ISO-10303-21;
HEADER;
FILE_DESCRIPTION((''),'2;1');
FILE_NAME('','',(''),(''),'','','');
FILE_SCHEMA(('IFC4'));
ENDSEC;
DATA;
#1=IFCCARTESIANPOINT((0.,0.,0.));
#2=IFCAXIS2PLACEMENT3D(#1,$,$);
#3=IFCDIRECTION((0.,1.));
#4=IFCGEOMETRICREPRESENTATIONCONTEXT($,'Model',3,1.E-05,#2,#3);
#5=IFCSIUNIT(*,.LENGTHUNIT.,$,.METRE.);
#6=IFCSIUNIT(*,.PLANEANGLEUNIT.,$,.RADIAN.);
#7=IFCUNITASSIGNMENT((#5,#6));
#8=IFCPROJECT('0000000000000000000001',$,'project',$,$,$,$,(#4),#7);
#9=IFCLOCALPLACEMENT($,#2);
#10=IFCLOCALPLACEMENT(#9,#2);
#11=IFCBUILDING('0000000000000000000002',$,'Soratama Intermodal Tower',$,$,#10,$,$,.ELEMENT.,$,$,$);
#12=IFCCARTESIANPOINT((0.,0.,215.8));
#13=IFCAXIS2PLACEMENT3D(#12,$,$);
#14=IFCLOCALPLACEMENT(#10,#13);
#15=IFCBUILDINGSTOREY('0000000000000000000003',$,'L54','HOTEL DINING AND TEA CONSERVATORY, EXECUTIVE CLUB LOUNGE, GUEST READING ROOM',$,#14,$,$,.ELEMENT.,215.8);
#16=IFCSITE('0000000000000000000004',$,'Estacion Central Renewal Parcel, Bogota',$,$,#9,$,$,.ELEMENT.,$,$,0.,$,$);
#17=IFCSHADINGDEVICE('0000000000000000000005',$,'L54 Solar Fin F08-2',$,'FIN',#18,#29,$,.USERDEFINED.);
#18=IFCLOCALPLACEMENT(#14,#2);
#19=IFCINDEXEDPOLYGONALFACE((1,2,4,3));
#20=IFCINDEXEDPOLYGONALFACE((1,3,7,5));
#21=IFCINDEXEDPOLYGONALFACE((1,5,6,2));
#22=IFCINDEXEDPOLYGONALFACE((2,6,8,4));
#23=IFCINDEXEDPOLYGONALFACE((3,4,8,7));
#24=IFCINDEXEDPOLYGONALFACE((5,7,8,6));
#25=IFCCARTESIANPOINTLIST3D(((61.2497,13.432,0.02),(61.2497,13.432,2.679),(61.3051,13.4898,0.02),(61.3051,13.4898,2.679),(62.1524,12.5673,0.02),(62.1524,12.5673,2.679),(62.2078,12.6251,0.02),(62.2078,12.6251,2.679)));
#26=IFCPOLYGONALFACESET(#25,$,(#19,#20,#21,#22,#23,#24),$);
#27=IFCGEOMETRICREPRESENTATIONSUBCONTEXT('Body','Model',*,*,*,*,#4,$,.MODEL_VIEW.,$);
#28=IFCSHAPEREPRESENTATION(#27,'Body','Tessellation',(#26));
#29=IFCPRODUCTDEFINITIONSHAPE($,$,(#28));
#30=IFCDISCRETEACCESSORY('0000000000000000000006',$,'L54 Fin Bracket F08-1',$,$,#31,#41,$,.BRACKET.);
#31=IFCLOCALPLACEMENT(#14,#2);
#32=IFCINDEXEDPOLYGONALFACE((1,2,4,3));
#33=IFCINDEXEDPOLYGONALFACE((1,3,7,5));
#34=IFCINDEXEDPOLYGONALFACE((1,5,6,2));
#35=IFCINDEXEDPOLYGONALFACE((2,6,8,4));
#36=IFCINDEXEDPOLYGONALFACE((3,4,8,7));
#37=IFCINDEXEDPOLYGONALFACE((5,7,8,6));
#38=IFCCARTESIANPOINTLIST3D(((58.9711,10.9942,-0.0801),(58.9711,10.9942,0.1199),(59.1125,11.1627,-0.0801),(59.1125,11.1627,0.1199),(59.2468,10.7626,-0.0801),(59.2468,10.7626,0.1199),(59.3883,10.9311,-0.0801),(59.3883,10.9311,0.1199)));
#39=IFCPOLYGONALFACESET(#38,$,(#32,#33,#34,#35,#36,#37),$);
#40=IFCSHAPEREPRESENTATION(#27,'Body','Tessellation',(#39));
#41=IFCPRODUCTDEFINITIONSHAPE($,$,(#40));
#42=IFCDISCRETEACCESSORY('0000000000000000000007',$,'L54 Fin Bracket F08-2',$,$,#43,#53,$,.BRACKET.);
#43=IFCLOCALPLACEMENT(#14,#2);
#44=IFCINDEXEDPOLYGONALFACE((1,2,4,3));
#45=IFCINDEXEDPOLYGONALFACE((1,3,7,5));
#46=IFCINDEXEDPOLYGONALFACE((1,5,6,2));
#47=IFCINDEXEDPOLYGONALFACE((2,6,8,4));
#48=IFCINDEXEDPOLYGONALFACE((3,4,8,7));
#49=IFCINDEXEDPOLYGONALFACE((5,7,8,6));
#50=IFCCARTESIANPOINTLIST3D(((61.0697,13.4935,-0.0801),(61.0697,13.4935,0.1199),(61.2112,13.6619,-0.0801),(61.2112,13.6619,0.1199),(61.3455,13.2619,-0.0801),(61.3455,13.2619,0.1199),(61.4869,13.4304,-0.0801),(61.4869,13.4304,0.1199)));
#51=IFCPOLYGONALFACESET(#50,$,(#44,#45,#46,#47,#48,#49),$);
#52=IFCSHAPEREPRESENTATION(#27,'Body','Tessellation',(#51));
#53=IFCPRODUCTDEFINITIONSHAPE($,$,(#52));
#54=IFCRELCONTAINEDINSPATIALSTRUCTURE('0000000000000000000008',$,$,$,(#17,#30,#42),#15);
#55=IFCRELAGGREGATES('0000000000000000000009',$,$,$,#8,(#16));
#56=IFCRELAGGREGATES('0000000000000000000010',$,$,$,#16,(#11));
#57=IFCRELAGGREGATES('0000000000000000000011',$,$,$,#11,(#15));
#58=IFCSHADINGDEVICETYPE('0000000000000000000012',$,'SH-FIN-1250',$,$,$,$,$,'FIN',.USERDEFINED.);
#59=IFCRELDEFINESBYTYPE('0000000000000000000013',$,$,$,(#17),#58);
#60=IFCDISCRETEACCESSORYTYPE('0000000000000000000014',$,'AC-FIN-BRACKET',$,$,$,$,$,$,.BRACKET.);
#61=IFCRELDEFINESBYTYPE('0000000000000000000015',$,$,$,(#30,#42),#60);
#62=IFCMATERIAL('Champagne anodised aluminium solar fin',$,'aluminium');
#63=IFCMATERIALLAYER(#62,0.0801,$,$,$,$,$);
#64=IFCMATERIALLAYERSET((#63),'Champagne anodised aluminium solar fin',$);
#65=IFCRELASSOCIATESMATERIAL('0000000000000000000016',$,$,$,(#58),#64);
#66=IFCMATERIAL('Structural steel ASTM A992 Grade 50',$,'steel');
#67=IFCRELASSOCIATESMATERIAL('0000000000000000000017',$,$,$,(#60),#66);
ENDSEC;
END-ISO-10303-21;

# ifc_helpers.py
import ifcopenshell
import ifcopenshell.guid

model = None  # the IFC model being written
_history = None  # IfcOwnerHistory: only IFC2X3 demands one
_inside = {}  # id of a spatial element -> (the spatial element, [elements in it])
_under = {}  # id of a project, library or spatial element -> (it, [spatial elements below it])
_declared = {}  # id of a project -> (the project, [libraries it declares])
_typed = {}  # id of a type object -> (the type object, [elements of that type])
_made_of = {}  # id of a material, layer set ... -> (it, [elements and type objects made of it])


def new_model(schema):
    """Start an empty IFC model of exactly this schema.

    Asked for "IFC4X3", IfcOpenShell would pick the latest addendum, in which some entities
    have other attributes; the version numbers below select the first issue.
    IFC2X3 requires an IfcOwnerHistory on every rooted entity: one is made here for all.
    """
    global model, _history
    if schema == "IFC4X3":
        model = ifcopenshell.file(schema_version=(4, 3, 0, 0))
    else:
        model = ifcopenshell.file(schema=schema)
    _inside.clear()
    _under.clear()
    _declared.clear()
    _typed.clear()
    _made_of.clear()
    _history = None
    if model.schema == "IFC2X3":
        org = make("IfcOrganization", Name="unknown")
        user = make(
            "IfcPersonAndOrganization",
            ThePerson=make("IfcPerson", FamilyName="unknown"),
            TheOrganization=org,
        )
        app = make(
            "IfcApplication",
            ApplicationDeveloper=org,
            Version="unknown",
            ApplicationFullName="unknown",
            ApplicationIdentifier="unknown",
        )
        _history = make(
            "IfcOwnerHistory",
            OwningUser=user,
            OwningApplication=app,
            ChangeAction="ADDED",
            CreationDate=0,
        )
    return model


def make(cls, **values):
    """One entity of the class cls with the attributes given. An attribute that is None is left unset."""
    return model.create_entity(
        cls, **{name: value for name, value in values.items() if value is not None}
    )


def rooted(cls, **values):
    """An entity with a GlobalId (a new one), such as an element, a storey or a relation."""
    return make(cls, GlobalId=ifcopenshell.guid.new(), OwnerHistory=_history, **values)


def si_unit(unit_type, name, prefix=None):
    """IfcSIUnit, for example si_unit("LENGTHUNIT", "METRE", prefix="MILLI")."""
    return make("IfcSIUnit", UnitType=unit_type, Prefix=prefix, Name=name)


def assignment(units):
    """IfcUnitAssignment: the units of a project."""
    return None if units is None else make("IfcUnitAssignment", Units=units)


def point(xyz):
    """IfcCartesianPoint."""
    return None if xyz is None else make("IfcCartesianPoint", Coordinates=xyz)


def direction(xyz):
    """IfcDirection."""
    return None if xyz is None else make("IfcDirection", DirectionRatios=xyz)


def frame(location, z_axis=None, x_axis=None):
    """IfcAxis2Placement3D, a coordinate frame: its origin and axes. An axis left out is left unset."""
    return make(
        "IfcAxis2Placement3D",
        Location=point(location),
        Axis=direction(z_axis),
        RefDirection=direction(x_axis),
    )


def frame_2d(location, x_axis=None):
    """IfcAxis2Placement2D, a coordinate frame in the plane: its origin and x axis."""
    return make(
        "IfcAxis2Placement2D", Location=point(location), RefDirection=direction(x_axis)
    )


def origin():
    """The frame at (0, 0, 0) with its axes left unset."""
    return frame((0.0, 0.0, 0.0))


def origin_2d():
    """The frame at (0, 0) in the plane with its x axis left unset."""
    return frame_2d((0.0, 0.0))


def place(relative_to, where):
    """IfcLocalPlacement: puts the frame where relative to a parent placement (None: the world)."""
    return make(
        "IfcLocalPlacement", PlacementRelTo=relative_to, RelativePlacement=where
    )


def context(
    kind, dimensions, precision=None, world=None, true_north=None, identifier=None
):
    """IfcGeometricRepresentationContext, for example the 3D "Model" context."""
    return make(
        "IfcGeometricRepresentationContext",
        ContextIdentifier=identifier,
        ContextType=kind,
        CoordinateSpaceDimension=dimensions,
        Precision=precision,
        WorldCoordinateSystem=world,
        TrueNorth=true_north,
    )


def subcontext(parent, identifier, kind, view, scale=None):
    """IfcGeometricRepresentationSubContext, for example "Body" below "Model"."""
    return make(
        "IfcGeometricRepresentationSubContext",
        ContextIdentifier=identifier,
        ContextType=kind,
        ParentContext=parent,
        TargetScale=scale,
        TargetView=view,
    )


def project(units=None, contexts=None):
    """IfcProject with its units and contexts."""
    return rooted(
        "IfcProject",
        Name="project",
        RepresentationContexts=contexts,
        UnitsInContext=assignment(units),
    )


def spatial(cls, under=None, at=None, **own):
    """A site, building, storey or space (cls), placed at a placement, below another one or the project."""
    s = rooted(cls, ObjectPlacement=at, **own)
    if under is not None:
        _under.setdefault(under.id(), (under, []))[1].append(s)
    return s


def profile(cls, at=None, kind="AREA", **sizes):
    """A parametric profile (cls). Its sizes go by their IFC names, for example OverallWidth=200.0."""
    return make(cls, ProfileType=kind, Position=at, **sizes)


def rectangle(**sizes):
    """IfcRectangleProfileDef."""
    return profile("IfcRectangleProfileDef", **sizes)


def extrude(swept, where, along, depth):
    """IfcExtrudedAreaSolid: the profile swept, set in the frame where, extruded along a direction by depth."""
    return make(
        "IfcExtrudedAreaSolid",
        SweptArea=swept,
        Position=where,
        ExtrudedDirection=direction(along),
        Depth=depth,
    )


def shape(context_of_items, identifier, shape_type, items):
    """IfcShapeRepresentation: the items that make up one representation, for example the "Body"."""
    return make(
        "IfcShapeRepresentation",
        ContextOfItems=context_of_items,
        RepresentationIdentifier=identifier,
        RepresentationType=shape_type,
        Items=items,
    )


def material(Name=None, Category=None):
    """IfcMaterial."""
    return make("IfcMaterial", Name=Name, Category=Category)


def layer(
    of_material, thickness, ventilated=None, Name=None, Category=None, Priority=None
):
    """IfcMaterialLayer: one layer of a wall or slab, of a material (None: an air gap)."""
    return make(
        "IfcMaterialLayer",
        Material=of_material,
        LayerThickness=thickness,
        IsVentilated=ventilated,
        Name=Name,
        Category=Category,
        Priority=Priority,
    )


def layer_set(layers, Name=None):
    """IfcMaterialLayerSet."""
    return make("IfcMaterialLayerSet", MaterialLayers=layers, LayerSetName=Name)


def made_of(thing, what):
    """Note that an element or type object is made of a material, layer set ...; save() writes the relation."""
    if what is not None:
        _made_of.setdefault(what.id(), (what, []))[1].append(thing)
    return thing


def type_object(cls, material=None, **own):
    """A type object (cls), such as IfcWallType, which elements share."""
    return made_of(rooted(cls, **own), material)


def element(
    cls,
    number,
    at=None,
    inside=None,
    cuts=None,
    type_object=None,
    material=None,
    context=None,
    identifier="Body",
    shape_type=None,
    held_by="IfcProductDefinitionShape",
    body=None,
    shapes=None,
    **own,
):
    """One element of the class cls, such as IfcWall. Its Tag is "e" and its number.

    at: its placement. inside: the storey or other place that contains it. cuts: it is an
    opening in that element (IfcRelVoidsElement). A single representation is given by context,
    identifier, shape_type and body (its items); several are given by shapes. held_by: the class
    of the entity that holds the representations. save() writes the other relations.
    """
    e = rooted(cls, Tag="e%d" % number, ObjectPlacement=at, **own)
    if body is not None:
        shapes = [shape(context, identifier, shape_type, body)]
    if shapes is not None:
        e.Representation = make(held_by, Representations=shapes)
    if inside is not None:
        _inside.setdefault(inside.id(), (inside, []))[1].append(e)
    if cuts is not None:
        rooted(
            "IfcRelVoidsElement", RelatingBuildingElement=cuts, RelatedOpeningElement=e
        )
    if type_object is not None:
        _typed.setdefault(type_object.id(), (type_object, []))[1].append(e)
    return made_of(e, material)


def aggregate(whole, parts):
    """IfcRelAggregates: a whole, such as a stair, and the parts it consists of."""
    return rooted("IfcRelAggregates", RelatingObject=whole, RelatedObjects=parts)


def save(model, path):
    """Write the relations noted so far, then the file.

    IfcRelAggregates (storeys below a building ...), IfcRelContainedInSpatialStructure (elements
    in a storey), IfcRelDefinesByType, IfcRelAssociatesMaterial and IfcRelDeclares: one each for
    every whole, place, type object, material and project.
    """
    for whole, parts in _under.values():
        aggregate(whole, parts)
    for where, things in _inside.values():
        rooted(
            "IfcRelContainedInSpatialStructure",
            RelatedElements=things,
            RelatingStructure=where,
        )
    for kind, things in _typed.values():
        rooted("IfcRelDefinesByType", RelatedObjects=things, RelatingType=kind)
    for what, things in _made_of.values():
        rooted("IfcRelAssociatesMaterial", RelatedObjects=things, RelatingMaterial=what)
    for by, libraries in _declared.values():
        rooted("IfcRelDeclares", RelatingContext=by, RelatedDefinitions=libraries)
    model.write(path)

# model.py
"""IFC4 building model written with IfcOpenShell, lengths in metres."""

from ifc_helpers import new_model, si_unit, direction, frame, origin, origin_2d, place, context, subcontext, project, spatial, rectangle, extrude, material, layer, layer_set, type_object, element, save


model = new_model("IFC4")

# Units and contexts
model_context = context("Model", 3, precision=1e-05, world=origin(), true_north=direction((0.0, 1.0)))
body_context = subcontext(model_context, "Body", "Model", "MODEL_VIEW")
ifc_project = project(units=[si_unit("LENGTHUNIT", "METRE"), si_unit("PLANEANGLEUNIT", "RADIAN")], contexts=[model_context])

# Site, building, storey
site_placement = place(None, origin())
site = spatial("IfcSite", under=ifc_project, at=site_placement, Name="Estacion Central Renewal Parcel, Bogota", CompositionType="ELEMENT", RefElevation=0.0)
building_placement = place(site_placement, origin())
building = spatial("IfcBuilding", under=site, at=building_placement, Name="Soratama Intermodal Tower", CompositionType="ELEMENT")
storey_placement = place(building_placement, frame((0.0, 0.0, 215.8)))
storey = spatial("IfcBuildingStorey", under=building, at=storey_placement, Name="L54", Description="HOTEL DINING AND TEA CONSERVATORY, EXECUTIVE CLUB LOUNGE, GUEST READING ROOM", CompositionType="ELEMENT", Elevation=215.8)

# Shading device
ifc_material_1 = material(Name="Champagne anodised aluminium solar fin", Category="aluminium")
ifc_layer_1 = layer(ifc_material_1, 0.0801)
ifc_layer_set_1 = layer_set([ifc_layer_1], Name="Champagne anodised aluminium solar fin")
shading_device_type = type_object("IfcShadingDeviceType", Name="SH-FIN-1250", ElementType="FIN", PredefinedType="USERDEFINED", material=ifc_layer_set_1)
for number, where, z_axis, x_axis, name in (
    (1, (61.7288, 13.0286, 0.02), (0.0, 0.0, 1.0), (0.722123, -0.691765, 0.0), "L54 Solar Fin F08-2"),
):
    element("IfcShadingDevice", number, at=place(storey_placement, frame(where, z_axis=z_axis, x_axis=x_axis)), inside=storey, type_object=shading_device_type, Name=name, ObjectType="FIN", PredefinedType="USERDEFINED", context=body_context, shape_type="SweptSolid", body=[
        extrude(rectangle(XDim=1.25, YDim=0.0801, at=origin_2d()), origin(), (0.0, 0.0, 1.0), 2.6589),
    ])

# Discrete accessories
ifc_material_2 = material(Name="Structural steel ASTM A992 Grade 50", Category="steel")
discrete_accessory_type = type_object("IfcDiscreteAccessoryType", Name="AC-FIN-BRACKET", PredefinedType="BRACKET", material=ifc_material_2)
for number, where, z_axis, x_axis, name in (
    (2, (59.1797, 10.9626, -0.0801), (0.0, 0.0, 1.0), (0.76582, -0.643055, 0.0), "L54 Fin Bracket F08-1"),
    (3, (61.2783, 13.4619, -0.0801), (0.0, 0.0, 1.0), (0.76582, -0.643055, 0.0), "L54 Fin Bracket F08-2"),
):
    element("IfcDiscreteAccessory", number, at=place(storey_placement, frame(where, z_axis=z_axis, x_axis=x_axis)), inside=storey, type_object=discrete_accessory_type, Name=name, PredefinedType="BRACKET", context=body_context, shape_type="SweptSolid", body=[
        extrude(rectangle(XDim=0.3601, YDim=0.22, at=origin_2d()), origin(), (0.0, 0.0, 1.0), 0.2),
    ])

save(model, "model.ifc")
